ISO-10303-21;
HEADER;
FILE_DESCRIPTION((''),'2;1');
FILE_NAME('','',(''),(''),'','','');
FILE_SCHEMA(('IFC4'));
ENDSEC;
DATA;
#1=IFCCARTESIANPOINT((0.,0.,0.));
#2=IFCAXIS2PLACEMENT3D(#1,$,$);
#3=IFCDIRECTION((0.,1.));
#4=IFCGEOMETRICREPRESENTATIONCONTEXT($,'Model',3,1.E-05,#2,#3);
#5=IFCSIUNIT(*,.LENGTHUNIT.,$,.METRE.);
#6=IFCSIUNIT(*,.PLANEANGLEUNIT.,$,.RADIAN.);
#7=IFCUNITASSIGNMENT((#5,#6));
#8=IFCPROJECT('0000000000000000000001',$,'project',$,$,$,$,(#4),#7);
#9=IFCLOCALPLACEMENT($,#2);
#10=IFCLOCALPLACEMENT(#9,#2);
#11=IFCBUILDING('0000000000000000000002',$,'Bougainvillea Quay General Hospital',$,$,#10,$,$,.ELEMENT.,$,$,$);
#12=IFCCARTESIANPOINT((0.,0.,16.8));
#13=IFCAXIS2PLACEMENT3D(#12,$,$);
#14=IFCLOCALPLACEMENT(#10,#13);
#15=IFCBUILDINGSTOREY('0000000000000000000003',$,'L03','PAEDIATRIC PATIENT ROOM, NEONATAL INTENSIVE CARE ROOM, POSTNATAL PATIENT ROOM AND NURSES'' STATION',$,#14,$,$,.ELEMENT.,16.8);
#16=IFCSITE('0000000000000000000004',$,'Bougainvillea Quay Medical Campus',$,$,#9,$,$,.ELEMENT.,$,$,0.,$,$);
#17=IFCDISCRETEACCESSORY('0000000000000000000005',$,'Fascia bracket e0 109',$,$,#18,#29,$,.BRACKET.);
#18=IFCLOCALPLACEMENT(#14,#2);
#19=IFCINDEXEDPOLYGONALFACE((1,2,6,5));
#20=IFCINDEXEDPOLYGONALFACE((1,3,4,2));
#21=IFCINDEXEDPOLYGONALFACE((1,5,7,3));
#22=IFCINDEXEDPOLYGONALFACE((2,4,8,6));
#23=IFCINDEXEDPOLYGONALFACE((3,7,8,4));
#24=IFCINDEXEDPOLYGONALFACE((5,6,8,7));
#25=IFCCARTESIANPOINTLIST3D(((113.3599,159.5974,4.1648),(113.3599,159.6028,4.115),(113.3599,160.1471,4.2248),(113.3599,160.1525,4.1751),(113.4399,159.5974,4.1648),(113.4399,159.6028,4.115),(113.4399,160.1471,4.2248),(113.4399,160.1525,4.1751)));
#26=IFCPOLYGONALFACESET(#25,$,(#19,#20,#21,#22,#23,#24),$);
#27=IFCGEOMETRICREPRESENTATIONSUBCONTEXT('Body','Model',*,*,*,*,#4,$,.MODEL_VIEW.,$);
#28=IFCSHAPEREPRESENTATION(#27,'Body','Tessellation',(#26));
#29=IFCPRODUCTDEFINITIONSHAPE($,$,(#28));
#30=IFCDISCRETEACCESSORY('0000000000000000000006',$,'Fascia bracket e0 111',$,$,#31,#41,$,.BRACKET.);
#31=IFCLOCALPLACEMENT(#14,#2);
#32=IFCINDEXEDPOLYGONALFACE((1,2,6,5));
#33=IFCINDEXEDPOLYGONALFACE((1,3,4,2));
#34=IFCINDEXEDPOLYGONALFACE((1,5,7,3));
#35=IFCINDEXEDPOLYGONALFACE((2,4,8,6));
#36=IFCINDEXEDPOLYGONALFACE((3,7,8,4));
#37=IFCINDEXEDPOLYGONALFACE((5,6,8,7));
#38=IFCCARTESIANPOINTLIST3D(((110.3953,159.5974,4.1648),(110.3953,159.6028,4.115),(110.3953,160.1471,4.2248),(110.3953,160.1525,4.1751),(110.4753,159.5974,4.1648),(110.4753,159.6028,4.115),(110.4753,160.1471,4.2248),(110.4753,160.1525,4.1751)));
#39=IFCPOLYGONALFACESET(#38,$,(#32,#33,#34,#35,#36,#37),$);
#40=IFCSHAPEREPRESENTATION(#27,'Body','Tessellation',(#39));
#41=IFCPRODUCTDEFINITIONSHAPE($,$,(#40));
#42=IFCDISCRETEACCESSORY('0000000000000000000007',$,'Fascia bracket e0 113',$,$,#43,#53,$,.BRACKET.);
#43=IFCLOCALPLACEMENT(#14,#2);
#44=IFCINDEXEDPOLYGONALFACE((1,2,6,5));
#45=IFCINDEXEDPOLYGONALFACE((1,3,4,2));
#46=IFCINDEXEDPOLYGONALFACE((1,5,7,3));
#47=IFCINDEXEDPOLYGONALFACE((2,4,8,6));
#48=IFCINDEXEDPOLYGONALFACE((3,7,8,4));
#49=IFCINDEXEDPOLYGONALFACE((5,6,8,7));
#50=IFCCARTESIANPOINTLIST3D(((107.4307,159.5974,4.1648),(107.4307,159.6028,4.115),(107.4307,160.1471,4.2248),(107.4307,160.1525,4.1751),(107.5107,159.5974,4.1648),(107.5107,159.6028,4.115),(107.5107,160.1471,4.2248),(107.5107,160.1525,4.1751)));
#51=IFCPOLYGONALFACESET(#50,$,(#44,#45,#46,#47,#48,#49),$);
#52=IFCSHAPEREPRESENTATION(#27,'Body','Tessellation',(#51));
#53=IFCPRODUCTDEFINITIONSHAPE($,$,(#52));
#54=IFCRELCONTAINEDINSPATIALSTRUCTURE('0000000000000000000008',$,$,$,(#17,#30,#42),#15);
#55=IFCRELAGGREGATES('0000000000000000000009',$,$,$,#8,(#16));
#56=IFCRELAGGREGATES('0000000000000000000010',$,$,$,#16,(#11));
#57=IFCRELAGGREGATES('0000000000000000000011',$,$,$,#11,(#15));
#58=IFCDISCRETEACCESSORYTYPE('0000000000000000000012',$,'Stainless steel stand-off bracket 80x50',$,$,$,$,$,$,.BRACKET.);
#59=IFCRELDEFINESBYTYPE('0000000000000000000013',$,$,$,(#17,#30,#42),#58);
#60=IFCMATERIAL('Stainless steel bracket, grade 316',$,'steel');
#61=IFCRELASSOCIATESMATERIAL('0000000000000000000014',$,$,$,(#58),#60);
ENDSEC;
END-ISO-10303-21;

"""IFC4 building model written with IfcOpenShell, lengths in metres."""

from ifc_helpers import new_model, si_unit, direction, frame, origin, origin_2d, place, context, subcontext, project, spatial, rectangle, extrude, material, material_profile, profile_set, type_object, element, save


model = new_model("IFC4")

# Units and contexts
model_context = context("Model", 3, precision=1e-05, world=origin(), true_north=direction((0.0, 1.0)))
body_context = subcontext(model_context, "Body", "Model", "MODEL_VIEW")
ifc_project = project(units=[si_unit("LENGTHUNIT", "METRE"), si_unit("PLANEANGLEUNIT", "RADIAN")], contexts=[model_context])

# Site, building, storey
site_placement = place(None, origin())
site = spatial("IfcSite", under=ifc_project, at=site_placement, Name="Bougainvillea Quay Medical Campus", CompositionType="ELEMENT", RefElevation=0.0)
building_placement = place(site_placement, origin())
building = spatial("IfcBuilding", under=site, at=building_placement, Name="Bougainvillea Quay General Hospital", CompositionType="ELEMENT")
storey_placement = place(building_placement, frame((0.0, 0.0, 16.8)))
storey = spatial("IfcBuildingStorey", under=building, at=storey_placement, Name="L03", Description="PAEDIATRIC PATIENT ROOM, NEONATAL INTENSIVE CARE ROOM, POSTNATAL PATIENT ROOM AND NURSES' STATION", CompositionType="ELEMENT", Elevation=16.8)

# Discrete accessories
ifc_material_1 = material(Name="Stainless steel bracket, grade 316", Category="steel")
ifc_material_profile_1 = material_profile(ifc_material_1, rectangle(XDim=0.0801, YDim=0.05, at=origin_2d()))
ifc_profile_set_1 = profile_set([ifc_material_profile_1], Name="Stainless steel bracket, grade 316")
discrete_accessory_type = type_object("IfcDiscreteAccessoryType", Name="Stainless steel stand-off bracket 80x50", PredefinedType="BRACKET", material=ifc_profile_set_1)
for number, where, z_axis, x_axis, name in (
    (1, (113.3999, 159.6001, 4.1399), (0.0, 0.994087, 0.10859), (-1.0, 0.0, 0.0), "Fascia bracket e0 109"),
    (2, (110.4353, 159.6001, 4.1399), (0.0, 0.994087, 0.10859), (-1.0, 0.0, 0.0), "Fascia bracket e0 111"),
    (3, (107.4707, 159.6001, 4.1399), (0.0, 0.994087, 0.10859), (-1.0, 0.0, 0.0), "Fascia bracket e0 113"),
):
    element("IfcDiscreteAccessory", number, at=place(storey_placement, frame(where, z_axis=z_axis, x_axis=x_axis)), inside=storey, type_object=discrete_accessory_type, Name=name, PredefinedType="BRACKET", context=body_context, shape_type="SweptSolid", body=[
        extrude(rectangle(XDim=0.0801, YDim=0.05, at=origin_2d()), origin(), (0.0, 0.0, 1.0), 0.553),
    ])

save(model, "model.ifc")
